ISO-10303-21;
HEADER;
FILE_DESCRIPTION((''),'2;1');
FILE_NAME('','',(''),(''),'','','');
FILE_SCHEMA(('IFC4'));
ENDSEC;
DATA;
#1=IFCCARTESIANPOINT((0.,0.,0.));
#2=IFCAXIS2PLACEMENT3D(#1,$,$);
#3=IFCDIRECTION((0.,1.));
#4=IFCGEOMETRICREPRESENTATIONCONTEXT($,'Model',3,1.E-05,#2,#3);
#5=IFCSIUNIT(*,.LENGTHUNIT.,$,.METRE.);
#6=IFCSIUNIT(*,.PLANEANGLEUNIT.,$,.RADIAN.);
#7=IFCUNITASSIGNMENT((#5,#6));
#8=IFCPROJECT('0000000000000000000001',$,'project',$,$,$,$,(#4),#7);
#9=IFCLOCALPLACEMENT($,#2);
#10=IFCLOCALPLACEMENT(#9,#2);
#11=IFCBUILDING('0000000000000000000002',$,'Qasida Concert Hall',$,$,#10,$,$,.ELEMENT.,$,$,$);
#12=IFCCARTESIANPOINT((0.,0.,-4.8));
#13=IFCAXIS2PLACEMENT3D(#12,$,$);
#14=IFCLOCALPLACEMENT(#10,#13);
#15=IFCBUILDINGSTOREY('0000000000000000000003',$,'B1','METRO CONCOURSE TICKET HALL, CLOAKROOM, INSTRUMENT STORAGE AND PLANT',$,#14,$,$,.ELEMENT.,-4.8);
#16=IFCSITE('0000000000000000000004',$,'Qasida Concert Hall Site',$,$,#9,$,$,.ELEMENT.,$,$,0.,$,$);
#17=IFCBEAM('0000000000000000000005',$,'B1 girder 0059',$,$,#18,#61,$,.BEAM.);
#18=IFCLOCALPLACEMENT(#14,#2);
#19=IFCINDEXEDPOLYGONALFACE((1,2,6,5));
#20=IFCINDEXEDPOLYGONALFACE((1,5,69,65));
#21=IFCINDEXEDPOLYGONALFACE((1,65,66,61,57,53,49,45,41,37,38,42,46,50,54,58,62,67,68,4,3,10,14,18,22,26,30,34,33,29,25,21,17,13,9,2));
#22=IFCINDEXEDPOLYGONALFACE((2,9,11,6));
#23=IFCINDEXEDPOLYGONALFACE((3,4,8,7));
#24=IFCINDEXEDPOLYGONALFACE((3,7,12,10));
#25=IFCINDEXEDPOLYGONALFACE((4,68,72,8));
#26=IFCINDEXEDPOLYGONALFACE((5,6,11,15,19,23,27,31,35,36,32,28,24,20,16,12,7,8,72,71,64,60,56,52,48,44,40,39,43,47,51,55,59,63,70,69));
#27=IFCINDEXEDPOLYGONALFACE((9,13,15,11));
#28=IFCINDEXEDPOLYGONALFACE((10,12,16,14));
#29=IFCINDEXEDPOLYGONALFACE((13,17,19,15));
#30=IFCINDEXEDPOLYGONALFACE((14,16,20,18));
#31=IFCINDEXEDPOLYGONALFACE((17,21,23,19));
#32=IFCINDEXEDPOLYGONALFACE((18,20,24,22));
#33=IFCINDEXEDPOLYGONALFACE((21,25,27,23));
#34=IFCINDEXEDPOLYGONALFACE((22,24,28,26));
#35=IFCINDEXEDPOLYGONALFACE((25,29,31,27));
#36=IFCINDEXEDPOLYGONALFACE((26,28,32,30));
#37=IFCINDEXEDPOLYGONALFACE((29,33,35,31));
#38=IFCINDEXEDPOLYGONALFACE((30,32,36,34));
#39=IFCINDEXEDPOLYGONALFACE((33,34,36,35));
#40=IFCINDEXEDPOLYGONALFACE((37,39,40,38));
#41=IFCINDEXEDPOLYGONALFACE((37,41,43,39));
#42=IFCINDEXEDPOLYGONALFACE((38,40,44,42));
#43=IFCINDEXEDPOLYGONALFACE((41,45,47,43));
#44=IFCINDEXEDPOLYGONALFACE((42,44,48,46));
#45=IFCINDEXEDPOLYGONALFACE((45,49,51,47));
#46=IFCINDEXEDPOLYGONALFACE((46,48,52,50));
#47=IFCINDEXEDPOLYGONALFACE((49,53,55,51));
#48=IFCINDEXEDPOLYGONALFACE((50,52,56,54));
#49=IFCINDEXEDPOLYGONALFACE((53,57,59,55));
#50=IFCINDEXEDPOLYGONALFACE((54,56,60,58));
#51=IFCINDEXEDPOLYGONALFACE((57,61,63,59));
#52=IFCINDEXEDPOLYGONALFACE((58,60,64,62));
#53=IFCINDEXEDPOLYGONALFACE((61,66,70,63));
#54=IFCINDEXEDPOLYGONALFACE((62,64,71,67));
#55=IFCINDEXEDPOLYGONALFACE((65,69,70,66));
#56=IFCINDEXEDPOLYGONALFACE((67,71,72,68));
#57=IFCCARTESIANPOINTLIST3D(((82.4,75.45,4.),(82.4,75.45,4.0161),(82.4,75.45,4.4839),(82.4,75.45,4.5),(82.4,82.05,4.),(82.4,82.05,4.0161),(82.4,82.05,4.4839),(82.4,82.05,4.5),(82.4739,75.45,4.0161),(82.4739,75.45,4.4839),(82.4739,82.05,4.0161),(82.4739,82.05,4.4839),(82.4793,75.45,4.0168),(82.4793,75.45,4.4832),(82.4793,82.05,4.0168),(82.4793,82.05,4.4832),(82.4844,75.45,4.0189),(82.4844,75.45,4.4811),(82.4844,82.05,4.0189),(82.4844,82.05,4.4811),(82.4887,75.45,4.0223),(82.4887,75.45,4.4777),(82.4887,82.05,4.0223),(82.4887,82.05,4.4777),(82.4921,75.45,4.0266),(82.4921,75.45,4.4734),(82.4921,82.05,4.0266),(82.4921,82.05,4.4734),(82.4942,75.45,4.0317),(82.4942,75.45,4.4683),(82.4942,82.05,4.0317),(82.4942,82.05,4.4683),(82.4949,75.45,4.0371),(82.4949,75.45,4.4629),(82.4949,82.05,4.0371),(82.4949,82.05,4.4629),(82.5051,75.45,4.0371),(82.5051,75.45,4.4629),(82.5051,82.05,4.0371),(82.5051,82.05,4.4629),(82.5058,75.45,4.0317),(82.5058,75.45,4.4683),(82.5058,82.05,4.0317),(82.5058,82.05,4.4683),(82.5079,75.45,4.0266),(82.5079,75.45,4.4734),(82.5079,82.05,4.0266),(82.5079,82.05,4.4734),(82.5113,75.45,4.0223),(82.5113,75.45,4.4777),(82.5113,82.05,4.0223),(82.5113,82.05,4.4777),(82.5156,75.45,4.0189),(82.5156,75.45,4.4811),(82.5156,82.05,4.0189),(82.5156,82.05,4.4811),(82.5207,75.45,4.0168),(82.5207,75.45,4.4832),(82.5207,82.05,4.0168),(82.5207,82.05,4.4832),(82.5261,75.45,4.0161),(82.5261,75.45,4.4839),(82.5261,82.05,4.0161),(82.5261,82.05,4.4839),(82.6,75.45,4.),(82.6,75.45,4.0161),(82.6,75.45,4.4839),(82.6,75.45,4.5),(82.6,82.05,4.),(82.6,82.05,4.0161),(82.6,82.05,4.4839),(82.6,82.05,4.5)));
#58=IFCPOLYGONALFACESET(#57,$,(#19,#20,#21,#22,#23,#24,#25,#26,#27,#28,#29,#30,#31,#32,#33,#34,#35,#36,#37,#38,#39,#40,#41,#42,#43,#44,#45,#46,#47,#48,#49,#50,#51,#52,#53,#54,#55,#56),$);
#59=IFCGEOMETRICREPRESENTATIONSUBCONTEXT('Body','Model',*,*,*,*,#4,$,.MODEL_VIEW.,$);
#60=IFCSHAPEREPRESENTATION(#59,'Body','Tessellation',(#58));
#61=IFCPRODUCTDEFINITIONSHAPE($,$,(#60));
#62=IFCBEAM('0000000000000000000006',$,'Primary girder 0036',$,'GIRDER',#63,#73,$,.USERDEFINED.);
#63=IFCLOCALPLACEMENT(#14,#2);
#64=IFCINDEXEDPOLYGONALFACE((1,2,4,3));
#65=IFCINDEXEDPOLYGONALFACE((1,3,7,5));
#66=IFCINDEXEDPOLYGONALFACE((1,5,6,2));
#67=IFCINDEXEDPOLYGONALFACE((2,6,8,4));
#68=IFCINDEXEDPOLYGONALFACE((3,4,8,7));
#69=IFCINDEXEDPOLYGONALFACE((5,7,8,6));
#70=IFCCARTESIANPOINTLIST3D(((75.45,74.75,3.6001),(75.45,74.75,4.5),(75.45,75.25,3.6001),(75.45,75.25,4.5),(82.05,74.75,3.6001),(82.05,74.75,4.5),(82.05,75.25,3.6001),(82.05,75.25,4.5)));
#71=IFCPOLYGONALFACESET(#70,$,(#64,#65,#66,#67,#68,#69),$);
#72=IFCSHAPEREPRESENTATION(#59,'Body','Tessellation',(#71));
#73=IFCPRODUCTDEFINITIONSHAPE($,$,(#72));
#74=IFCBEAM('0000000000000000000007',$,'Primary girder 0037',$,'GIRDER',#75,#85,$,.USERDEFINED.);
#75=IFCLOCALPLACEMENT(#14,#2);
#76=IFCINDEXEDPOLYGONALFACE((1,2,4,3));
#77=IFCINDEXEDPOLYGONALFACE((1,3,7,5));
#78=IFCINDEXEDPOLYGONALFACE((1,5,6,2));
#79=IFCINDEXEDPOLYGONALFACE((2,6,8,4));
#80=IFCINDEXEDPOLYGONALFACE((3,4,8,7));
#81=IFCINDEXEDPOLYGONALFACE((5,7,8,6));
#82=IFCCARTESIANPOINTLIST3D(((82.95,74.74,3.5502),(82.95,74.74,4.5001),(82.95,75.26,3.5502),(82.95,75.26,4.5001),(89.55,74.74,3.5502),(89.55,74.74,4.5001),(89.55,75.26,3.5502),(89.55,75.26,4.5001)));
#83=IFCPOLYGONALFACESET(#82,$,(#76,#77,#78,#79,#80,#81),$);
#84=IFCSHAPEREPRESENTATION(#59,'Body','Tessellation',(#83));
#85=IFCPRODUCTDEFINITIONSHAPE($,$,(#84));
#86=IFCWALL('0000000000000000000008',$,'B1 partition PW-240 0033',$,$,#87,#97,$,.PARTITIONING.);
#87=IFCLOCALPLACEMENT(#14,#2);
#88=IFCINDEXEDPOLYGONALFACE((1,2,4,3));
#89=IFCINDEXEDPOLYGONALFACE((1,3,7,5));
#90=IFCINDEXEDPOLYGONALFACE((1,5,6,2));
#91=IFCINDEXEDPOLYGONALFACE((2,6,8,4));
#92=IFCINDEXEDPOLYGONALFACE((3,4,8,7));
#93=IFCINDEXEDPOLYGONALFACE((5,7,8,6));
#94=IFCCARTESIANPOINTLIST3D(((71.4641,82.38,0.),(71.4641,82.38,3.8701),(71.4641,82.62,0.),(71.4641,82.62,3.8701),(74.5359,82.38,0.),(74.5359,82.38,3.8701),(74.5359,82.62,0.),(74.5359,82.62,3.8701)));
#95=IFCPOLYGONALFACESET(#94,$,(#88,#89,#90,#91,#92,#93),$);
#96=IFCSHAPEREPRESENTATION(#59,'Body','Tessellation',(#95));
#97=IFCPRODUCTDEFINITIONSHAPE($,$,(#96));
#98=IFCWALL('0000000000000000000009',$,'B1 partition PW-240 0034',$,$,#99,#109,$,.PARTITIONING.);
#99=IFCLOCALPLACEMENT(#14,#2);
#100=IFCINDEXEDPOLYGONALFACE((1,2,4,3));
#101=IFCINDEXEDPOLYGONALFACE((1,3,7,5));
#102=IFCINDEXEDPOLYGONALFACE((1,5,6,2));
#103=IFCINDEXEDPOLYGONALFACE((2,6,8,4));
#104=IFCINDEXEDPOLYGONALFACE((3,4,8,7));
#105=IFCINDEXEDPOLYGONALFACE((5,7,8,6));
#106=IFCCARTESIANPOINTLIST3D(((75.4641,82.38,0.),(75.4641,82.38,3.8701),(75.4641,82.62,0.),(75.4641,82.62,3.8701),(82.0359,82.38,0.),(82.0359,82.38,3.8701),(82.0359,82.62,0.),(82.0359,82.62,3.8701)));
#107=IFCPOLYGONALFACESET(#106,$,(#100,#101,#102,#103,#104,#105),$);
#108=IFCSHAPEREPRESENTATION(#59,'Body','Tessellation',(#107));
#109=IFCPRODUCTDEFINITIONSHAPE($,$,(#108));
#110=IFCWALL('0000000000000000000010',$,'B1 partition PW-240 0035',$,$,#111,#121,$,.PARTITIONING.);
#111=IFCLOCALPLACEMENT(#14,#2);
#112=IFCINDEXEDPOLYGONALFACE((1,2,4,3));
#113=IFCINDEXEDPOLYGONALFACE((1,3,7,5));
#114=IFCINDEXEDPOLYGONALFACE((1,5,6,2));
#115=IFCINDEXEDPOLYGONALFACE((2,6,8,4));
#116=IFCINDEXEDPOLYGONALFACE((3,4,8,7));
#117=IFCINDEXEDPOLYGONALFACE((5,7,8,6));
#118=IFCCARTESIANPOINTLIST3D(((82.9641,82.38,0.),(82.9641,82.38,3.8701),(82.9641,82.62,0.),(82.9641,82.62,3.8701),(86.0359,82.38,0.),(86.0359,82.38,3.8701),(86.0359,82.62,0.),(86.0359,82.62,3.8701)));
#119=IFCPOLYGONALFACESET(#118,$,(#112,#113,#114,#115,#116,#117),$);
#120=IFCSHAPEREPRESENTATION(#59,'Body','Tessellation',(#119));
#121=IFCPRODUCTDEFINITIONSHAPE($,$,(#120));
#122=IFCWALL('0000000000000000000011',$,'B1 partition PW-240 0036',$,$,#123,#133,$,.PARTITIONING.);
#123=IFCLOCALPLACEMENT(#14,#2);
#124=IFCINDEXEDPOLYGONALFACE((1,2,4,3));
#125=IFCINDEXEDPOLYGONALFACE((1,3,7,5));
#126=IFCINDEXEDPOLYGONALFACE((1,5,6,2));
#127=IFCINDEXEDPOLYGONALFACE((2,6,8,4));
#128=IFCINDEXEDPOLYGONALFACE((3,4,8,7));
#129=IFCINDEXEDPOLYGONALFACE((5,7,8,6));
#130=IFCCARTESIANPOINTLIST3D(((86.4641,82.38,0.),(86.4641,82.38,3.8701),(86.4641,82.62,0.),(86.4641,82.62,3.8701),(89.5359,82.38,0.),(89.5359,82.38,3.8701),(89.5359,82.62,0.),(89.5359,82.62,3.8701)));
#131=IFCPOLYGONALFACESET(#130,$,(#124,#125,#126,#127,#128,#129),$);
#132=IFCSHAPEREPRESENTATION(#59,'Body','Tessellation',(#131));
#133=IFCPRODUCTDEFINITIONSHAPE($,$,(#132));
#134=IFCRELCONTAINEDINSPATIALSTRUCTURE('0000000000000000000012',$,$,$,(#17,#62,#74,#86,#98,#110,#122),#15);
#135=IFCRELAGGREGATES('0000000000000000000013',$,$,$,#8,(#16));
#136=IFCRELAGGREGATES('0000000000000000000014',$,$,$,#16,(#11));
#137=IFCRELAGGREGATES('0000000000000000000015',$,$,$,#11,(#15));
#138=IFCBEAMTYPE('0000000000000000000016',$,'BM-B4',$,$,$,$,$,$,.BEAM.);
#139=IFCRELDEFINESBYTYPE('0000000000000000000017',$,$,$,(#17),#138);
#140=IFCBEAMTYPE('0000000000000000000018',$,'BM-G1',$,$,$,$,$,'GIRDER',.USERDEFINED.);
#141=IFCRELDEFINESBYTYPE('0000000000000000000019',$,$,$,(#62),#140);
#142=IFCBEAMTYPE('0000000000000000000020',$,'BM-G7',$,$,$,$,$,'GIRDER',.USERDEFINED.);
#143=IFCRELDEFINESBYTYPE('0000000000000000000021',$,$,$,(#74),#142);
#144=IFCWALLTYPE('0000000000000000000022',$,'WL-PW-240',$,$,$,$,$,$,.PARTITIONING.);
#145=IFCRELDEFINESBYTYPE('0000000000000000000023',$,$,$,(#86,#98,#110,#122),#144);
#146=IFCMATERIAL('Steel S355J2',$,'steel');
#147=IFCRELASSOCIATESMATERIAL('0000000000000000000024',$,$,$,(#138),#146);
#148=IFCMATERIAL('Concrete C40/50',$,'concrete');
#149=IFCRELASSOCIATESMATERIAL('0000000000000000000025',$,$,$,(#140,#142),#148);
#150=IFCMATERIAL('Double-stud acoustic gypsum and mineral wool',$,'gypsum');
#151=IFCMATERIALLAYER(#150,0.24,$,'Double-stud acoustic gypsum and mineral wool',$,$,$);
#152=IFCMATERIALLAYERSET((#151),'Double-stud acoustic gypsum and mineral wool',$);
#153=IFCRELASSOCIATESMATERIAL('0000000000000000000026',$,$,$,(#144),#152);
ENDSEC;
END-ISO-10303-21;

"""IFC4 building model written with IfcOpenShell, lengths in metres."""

from ifc_helpers import new_model, si_unit, direction, frame, frame_2d, origin, origin_2d, place, context, subcontext, project, spatial, rectangle, i_section, extrude, material, layer, layer_set, material_profile, profile_set, type_object, element, save


model = new_model("IFC4")

# Units and contexts
model_context = context("Model", 3, precision=1e-05, world=origin(), true_north=direction((0.0, 1.0)))
body_context = subcontext(model_context, "Body", "Model", "MODEL_VIEW")
ifc_project = project(units=[si_unit("LENGTHUNIT", "METRE"), si_unit("PLANEANGLEUNIT", "RADIAN")], contexts=[model_context])

# Site, building, storey
site_placement = place(None, origin())
site = spatial("IfcSite", under=ifc_project, at=site_placement, Name="Qasida Concert Hall Site", CompositionType="ELEMENT", RefElevation=0.0)
building_placement = place(site_placement, origin())
building = spatial("IfcBuilding", under=site, at=building_placement, Name="Qasida Concert Hall", CompositionType="ELEMENT")
storey_placement = place(building_placement, frame((0.0, 0.0, -4.8)))
storey = spatial("IfcBuildingStorey", under=building, at=storey_placement, Name="B1", Description="METRO CONCOURSE TICKET HALL, CLOAKROOM, INSTRUMENT STORAGE AND PLANT", CompositionType="ELEMENT", Elevation=-4.8)

# Shared definitions
ifc_material_1 = material(Name="Concrete C40/50", Category="concrete")

# Beams
ifc_material_2 = material(Name="Steel S355J2", Category="steel")
ifc_material_profile_1 = material_profile(ifc_material_2, i_section(OverallWidth=0.2, OverallDepth=0.5, WebThickness=0.0103, FlangeThickness=0.0161, FilletRadius=0.021, at=origin_2d()), Name="IPE 500")
ifc_profile_set_1 = profile_set([ifc_material_profile_1], Name="Steel S355J2")
beam_type_1 = type_object("IfcBeamType", Name="BM-B4", PredefinedType="BEAM", material=ifc_profile_set_1)
beam_1_placement = place(storey_placement, frame((82.5, 75.45, 4.25), z_axis=(0.0, 1.0, 0.0), x_axis=(-1.0, 0.0, 0.0)))
element("IfcBeam", 1, at=beam_1_placement, inside=storey, type_object=beam_type_1, Name="B1 girder 0059", PredefinedType="BEAM", context=body_context, shape_type="SweptSolid", body=[
    extrude(i_section(OverallWidth=0.2, OverallDepth=0.5, WebThickness=0.0103, FlangeThickness=0.0161, FilletRadius=0.021, at=origin_2d()), origin(), (0.0, 0.0, 1.0), 6.6001),
])
ifc_material_profile_2 = material_profile(ifc_material_1, rectangle(XDim=0.5, YDim=0.8999, at=origin_2d()), Name="RC 500x900")
ifc_profile_set_2 = profile_set([ifc_material_profile_2], Name="Concrete C40/50")
beam_type_2 = type_object("IfcBeamType", Name="BM-G1", ElementType="GIRDER", PredefinedType="USERDEFINED", material=ifc_profile_set_2)
beam_2_placement = place(storey_placement, frame((75.45, 75.0, 4.05), z_axis=(1.0, 0.0, 0.0), x_axis=(0.0, 1.0, 0.0)))
element("IfcBeam", 2, at=beam_2_placement, inside=storey, type_object=beam_type_2, Name="Primary girder 0036", ObjectType="GIRDER", PredefinedType="USERDEFINED", context=body_context, shape_type="SweptSolid", body=[
    extrude(rectangle(XDim=0.5, YDim=0.8999, at=origin_2d()), origin(), (0.0, 0.0, 1.0), 6.6001),
])
ifc_material_profile_3 = material_profile(ifc_material_1, rectangle(XDim=0.52, YDim=0.95, at=origin_2d()), Name="RC 520x950")
ifc_profile_set_3 = profile_set([ifc_material_profile_3], Name="Concrete C40/50")
beam_type_3 = type_object("IfcBeamType", Name="BM-G7", ElementType="GIRDER", PredefinedType="USERDEFINED", material=ifc_profile_set_3)
beam_3_placement = place(storey_placement, frame((82.95, 75.0, 4.0251), z_axis=(1.0, 0.0, 0.0), x_axis=(0.0, 1.0, 0.0)))
element("IfcBeam", 3, at=beam_3_placement, inside=storey, type_object=beam_type_3, Name="Primary girder 0037", ObjectType="GIRDER", PredefinedType="USERDEFINED", context=body_context, shape_type="SweptSolid", body=[
    extrude(rectangle(XDim=0.52, YDim=0.95, at=origin_2d()), origin(), (0.0, 0.0, 1.0), 6.6001),
])

# Walls
ifc_material_3 = material(Name="Double-stud acoustic gypsum and mineral wool", Category="gypsum")
ifc_layer = layer(ifc_material_3, 0.24, Name="Double-stud acoustic gypsum and mineral wool")
ifc_layer_set = layer_set([ifc_layer], Name="Double-stud acoustic gypsum and mineral wool")
wall_type = type_object("IfcWallType", Name="WL-PW-240", PredefinedType="PARTITIONING", material=ifc_layer_set)
wall_1_placement = place(storey_placement, frame((71.4641, 82.5, 0.0), z_axis=(0.0, 0.0, 1.0), x_axis=(1.0, 0.0, 0.0)))
element("IfcWall", 4, at=wall_1_placement, inside=storey, type_object=wall_type, Name="B1 partition PW-240 0033", PredefinedType="PARTITIONING", context=body_context, shape_type="SweptSolid", body=[
    extrude(rectangle(XDim=3.0718, YDim=0.24, at=frame_2d((1.5359, 0.0))), origin(), (0.0, 0.0, 1.0), 3.8701),
])
wall_2_placement = place(storey_placement, frame((75.4641, 82.5, 0.0), z_axis=(0.0, 0.0, 1.0), x_axis=(1.0, 0.0, 0.0)))
element("IfcWall", 5, at=wall_2_placement, inside=storey, type_object=wall_type, Name="B1 partition PW-240 0034", PredefinedType="PARTITIONING", context=body_context, shape_type="SweptSolid", body=[
    extrude(rectangle(XDim=6.5718, YDim=0.24, at=frame_2d((3.2859, 0.0))), origin(), (0.0, 0.0, 1.0), 3.8701),
])
for number, where, z_axis, x_axis, name in (
    (6, (82.9641, 82.5, 0.0), (0.0, 0.0, 1.0), (1.0, 0.0, 0.0), "B1 partition PW-240 0035"),
    (7, (86.4641, 82.5, 0.0), (0.0, 0.0, 1.0), (1.0, 0.0, 0.0), "B1 partition PW-240 0036"),
):
    element("IfcWall", number, at=place(storey_placement, frame(where, z_axis=z_axis, x_axis=x_axis)), inside=storey, type_object=wall_type, Name=name, PredefinedType="PARTITIONING", context=body_context, shape_type="SweptSolid", body=[
        extrude(rectangle(XDim=3.0718, YDim=0.24, at=frame_2d((1.5359, 0.0))), origin(), (0.0, 0.0, 1.0), 3.8701),
    ])

save(model, "model.ifc")
